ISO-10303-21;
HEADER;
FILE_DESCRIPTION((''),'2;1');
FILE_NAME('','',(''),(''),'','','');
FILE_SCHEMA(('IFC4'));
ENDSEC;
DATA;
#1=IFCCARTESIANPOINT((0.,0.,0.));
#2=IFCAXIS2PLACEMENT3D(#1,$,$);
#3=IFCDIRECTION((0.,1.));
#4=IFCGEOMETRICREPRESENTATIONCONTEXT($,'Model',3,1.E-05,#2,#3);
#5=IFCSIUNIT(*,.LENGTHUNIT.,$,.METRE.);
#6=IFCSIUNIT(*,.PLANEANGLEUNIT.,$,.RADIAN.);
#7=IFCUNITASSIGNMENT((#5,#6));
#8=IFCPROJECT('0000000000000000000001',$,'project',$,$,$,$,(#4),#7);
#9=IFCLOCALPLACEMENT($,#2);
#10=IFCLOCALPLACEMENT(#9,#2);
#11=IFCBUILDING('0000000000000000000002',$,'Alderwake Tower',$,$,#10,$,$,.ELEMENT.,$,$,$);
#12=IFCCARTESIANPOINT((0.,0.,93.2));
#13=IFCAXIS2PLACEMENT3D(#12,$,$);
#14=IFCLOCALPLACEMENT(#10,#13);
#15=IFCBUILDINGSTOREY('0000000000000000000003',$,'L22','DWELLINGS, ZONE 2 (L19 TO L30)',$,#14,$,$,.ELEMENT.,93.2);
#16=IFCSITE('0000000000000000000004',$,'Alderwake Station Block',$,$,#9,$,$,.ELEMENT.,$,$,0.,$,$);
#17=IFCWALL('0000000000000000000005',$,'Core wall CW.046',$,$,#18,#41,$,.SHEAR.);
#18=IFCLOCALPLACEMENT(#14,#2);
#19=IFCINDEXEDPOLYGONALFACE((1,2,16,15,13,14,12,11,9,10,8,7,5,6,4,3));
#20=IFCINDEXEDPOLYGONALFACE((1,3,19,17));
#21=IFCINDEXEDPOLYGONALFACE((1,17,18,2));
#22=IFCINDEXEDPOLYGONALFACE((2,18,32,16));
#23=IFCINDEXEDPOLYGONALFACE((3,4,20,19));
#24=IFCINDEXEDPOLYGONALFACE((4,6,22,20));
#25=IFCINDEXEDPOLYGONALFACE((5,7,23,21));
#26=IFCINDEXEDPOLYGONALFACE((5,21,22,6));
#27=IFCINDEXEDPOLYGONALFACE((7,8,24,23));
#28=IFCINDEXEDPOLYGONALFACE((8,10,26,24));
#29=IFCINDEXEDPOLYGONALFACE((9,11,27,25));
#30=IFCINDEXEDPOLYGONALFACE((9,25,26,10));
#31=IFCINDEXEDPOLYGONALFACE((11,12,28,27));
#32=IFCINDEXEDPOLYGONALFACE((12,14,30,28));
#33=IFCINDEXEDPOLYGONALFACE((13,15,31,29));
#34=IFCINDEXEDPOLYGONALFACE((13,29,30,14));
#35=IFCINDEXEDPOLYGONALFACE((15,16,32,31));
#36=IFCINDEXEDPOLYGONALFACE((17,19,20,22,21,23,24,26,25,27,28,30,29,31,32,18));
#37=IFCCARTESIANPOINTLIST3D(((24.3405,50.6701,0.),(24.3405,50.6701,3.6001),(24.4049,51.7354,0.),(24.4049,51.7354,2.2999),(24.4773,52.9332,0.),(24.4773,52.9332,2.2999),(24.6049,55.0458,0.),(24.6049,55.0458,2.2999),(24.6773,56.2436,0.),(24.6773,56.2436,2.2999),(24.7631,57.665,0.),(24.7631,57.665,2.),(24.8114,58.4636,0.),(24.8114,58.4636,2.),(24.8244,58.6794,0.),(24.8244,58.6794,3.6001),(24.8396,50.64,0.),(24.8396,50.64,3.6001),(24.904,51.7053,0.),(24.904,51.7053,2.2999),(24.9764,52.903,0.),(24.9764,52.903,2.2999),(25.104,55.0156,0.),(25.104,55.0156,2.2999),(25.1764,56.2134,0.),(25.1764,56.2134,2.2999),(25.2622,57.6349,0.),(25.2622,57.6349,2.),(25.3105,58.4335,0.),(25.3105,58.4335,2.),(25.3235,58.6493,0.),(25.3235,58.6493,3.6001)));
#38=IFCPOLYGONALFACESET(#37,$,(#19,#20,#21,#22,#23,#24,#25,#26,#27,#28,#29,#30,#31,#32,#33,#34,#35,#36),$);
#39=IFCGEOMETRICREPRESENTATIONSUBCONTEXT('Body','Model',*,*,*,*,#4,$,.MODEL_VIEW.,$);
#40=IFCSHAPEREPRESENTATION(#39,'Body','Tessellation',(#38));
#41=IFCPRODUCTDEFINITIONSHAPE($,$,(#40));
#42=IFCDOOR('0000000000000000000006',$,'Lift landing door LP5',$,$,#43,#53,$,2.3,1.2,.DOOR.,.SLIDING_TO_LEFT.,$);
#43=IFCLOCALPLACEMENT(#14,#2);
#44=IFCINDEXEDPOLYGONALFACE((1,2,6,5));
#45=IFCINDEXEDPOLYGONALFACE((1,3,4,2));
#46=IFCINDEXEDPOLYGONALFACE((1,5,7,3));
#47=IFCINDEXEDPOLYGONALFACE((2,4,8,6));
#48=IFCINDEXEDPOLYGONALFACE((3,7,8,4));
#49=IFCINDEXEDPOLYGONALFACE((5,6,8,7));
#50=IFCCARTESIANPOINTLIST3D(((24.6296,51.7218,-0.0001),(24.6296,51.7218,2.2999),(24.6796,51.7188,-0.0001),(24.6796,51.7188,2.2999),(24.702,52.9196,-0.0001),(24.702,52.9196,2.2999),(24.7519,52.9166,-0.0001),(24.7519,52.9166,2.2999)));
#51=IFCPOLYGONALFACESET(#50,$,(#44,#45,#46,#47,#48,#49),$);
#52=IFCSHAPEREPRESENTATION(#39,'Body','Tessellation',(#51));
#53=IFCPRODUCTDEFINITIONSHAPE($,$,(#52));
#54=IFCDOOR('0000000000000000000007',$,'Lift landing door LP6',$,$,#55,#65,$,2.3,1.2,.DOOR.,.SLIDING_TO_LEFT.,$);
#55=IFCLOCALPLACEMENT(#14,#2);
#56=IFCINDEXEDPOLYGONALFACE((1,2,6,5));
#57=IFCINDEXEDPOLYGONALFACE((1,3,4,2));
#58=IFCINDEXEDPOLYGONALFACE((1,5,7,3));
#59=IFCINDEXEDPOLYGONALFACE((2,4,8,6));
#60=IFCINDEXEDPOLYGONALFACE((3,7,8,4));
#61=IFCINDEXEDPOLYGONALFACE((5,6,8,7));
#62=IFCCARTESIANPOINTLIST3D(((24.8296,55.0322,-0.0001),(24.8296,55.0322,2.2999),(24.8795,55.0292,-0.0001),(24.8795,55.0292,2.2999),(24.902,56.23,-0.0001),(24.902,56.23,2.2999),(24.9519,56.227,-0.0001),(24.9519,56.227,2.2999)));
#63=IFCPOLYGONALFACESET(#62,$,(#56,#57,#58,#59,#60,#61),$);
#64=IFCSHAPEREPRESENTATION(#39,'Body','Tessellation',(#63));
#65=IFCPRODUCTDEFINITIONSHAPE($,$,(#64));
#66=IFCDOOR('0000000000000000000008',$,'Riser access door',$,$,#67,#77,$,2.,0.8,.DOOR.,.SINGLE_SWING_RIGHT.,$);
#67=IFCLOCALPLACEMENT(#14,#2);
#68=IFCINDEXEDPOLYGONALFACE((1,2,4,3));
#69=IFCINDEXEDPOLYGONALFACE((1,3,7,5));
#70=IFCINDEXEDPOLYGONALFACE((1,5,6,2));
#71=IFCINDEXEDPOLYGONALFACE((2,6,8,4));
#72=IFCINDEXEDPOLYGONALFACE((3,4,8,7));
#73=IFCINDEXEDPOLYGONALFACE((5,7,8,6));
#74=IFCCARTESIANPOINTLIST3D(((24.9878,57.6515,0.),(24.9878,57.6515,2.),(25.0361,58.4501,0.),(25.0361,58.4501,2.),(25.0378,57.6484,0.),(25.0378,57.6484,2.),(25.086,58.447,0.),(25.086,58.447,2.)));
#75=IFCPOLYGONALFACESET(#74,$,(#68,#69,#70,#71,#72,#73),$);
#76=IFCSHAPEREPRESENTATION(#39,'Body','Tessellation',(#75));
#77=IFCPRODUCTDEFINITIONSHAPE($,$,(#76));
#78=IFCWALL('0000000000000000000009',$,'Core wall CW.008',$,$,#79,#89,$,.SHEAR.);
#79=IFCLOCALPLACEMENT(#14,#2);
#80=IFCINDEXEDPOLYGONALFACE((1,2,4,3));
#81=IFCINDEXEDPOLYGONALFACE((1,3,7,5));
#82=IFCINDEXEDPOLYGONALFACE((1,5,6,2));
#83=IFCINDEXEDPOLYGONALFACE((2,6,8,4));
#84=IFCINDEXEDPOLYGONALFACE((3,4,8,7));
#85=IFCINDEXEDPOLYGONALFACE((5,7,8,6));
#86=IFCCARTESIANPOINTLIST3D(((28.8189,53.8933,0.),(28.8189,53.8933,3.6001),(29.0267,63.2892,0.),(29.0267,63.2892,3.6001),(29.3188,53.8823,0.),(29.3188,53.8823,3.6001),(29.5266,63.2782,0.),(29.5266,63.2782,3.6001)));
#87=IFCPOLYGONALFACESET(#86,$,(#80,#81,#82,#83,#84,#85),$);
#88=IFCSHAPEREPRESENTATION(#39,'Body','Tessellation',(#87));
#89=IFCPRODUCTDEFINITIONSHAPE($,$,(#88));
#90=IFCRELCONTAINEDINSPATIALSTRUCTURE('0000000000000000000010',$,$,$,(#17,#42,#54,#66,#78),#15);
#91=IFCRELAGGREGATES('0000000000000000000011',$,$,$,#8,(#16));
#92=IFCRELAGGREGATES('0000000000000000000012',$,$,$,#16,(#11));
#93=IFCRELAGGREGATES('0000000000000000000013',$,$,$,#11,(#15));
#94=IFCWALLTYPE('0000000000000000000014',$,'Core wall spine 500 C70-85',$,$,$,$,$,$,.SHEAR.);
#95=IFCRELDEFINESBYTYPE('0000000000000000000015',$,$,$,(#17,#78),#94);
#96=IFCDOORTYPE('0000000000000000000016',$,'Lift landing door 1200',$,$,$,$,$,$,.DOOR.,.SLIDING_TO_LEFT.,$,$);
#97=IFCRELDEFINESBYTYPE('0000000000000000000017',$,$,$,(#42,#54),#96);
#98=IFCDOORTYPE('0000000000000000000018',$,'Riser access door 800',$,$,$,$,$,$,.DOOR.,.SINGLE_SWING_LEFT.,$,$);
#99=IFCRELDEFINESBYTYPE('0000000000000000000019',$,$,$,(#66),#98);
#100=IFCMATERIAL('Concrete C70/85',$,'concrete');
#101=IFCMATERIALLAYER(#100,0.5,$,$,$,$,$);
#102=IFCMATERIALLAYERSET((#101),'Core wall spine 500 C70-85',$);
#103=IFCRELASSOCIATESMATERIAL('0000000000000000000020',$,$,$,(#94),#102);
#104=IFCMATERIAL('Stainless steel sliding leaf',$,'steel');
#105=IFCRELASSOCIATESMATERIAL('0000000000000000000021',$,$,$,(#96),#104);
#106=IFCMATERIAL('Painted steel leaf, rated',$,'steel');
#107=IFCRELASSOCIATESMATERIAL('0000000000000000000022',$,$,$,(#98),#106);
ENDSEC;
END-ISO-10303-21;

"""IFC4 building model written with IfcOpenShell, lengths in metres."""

from ifc_helpers import new_model, si_unit, direction, frame, frame_2d, origin, place, context, subcontext, project, spatial, rectangle, extrude, material, layer, layer_set, type_object, element, fill, save


model = new_model("IFC4")

# Units and contexts
model_context = context("Model", 3, precision=1e-05, world=origin(), true_north=direction((0.0, 1.0)))
body_context = subcontext(model_context, "Body", "Model", "MODEL_VIEW")
ifc_project = project(units=[si_unit("LENGTHUNIT", "METRE"), si_unit("PLANEANGLEUNIT", "RADIAN")], contexts=[model_context])

# Site, building, storey
site_placement = place(None, origin())
site = spatial("IfcSite", under=ifc_project, at=site_placement, Name="Alderwake Station Block", CompositionType="ELEMENT", RefElevation=0.0)
building_placement = place(site_placement, origin())
building = spatial("IfcBuilding", under=site, at=building_placement, Name="Alderwake Tower", CompositionType="ELEMENT")
storey_placement = place(building_placement, frame((0.0, 0.0, 93.2)))
storey = spatial("IfcBuildingStorey", under=building, at=storey_placement, Name="L22", Description="DWELLINGS, ZONE 2 (L19 TO L30)", CompositionType="ELEMENT", Elevation=93.2)

# Wall, openings, doors
ifc_material_1 = material(Name="Concrete C70/85", Category="concrete")
ifc_layer_1 = layer(ifc_material_1, 0.5)
ifc_layer_set_1 = layer_set([ifc_layer_1], Name="Core wall spine 500 C70-85")
wall_type_1 = type_object("IfcWallType", Name="Core wall spine 500 C70-85", PredefinedType="SHEAR", material=ifc_layer_set_1)
wall_1_placement = place(storey_placement, frame((24.5901, 50.655, 0.0), z_axis=(0.0, 0.0, 1.0), x_axis=(0.060306, 0.99818, 0.0)))
wall_1 = element("IfcWall", 1, at=wall_1_placement, inside=storey, type_object=wall_type_1, Name="Core wall CW.046", PredefinedType="SHEAR", context=body_context, shape_type="SweptSolid", body=[
    extrude(rectangle(XDim=8.0239, YDim=0.5, at=frame_2d((4.012, 0.0))), origin(), (0.0, 0.0, 1.0), 3.6001),
])
opening_1_placement = place(wall_1_placement, frame((1.0671, 0.0, 0.0)))
opening_1 = element("IfcOpeningElement", 2, at=opening_1_placement, cuts=wall_1, PredefinedType="OPENING", context=body_context, shape_type="SweptSolid", body=[
    extrude(rectangle(XDim=1.2, YDim=2.3, at=frame_2d((0.6001, 1.1499))), frame((0.0, 0.26, 0.0), z_axis=(0.0, -1.0, 0.0), x_axis=(1.0, 0.0, 0.0)), (0.0, 0.0, 1.0), 0.52),
])
opening_2_placement = place(wall_1_placement, frame((4.3835, 0.0, 0.0)))
opening_2 = element("IfcOpeningElement", 3, at=opening_2_placement, cuts=wall_1, PredefinedType="OPENING", context=body_context, shape_type="SweptSolid", body=[
    extrude(rectangle(XDim=1.2, YDim=2.3, at=frame_2d((0.6001, 1.1499))), frame((0.0, 0.26, 0.0), z_axis=(0.0, -1.0, 0.0), x_axis=(1.0, 0.0, 0.0)), (0.0, 0.0, 1.0), 0.52),
])
opening_3_placement = place(wall_1_placement, frame((7.0078, 0.0, 0.0)))
opening_3 = element("IfcOpeningElement", 4, at=opening_3_placement, cuts=wall_1, PredefinedType="OPENING", context=body_context, shape_type="SweptSolid", body=[
    extrude(rectangle(XDim=0.8, YDim=2.0, at=frame_2d((0.3999, 1.0))), frame((0.0, 0.26, 0.0), z_axis=(0.0, -1.0, 0.0), x_axis=(1.0, 0.0, 0.0)), (0.0, 0.0, 1.0), 0.52),
])
ifc_material_2 = material(Name="Stainless steel sliding leaf", Category="steel")
door_type_1 = type_object("IfcDoorType", Name="Lift landing door 1200", OperationType="SLIDING_TO_LEFT", PredefinedType="DOOR", material=ifc_material_2)
door_1_placement = place(opening_1_placement, origin())
door_1 = element("IfcDoor", 5, at=door_1_placement, inside=storey, type_object=door_type_1, Name="Lift landing door LP5", OperationType="SLIDING_TO_LEFT", OverallHeight=2.3, OverallWidth=1.2, PredefinedType="DOOR", context=body_context, shape_type="SweptSolid", body=[
    extrude(rectangle(XDim=1.2, YDim=2.3, at=frame_2d((0.6001, 1.1499))), frame((0.0, 0.0249, 0.0), z_axis=(0.0, -1.0, 0.0), x_axis=(1.0, 0.0, 0.0)), (0.0, 0.0, 1.0), 0.05),
])
fill(opening_1, door_1)
door_2_placement = place(opening_2_placement, origin())
door_2 = element("IfcDoor", 6, at=door_2_placement, inside=storey, type_object=door_type_1, Name="Lift landing door LP6", OperationType="SLIDING_TO_LEFT", OverallHeight=2.3, OverallWidth=1.2, PredefinedType="DOOR", context=body_context, shape_type="SweptSolid", body=[
    extrude(rectangle(XDim=1.2, YDim=2.3, at=frame_2d((0.6001, 1.1499))), frame((0.0, 0.0249, 0.0), z_axis=(0.0, -1.0, 0.0), x_axis=(1.0, 0.0, 0.0)), (0.0, 0.0, 1.0), 0.05),
])
fill(opening_2, door_2)
ifc_material_3 = material(Name="Painted steel leaf, rated", Category="steel")
door_type_2 = type_object("IfcDoorType", Name="Riser access door 800", OperationType="SINGLE_SWING_LEFT", PredefinedType="DOOR", material=ifc_material_3)
door_3_placement = place(opening_3_placement, origin())
door_3 = element("IfcDoor", 7, at=door_3_placement, inside=storey, type_object=door_type_2, Name="Riser access door", OperationType="SINGLE_SWING_RIGHT", OverallHeight=2.0, OverallWidth=0.8, PredefinedType="DOOR", context=body_context, shape_type="SweptSolid", body=[
    extrude(rectangle(XDim=0.8, YDim=2.0, at=frame_2d((0.3999, 1.0))), frame((0.0, 0.0249, 0.0), z_axis=(0.0, -1.0, 0.0), x_axis=(1.0, 0.0, 0.0)), (0.0, 0.0, 1.0), 0.05),
])
fill(opening_3, door_3)

# Wall
wall_2_placement = place(storey_placement, frame((29.0688, 53.8877, 0.0), z_axis=(0.0, 0.0, 1.0), x_axis=(0.022107, 0.999756, 0.0)))
element("IfcWall", 8, at=wall_2_placement, inside=storey, type_object=wall_type_1, Name="Core wall CW.008", PredefinedType="SHEAR", context=body_context, shape_type="SweptSolid", body=[
    extrude(rectangle(XDim=9.3982, YDim=0.5, at=frame_2d((4.6992, 0.0))), origin(), (0.0, 0.0, 1.0), 3.6001),
])

save(model, "model.ifc")
